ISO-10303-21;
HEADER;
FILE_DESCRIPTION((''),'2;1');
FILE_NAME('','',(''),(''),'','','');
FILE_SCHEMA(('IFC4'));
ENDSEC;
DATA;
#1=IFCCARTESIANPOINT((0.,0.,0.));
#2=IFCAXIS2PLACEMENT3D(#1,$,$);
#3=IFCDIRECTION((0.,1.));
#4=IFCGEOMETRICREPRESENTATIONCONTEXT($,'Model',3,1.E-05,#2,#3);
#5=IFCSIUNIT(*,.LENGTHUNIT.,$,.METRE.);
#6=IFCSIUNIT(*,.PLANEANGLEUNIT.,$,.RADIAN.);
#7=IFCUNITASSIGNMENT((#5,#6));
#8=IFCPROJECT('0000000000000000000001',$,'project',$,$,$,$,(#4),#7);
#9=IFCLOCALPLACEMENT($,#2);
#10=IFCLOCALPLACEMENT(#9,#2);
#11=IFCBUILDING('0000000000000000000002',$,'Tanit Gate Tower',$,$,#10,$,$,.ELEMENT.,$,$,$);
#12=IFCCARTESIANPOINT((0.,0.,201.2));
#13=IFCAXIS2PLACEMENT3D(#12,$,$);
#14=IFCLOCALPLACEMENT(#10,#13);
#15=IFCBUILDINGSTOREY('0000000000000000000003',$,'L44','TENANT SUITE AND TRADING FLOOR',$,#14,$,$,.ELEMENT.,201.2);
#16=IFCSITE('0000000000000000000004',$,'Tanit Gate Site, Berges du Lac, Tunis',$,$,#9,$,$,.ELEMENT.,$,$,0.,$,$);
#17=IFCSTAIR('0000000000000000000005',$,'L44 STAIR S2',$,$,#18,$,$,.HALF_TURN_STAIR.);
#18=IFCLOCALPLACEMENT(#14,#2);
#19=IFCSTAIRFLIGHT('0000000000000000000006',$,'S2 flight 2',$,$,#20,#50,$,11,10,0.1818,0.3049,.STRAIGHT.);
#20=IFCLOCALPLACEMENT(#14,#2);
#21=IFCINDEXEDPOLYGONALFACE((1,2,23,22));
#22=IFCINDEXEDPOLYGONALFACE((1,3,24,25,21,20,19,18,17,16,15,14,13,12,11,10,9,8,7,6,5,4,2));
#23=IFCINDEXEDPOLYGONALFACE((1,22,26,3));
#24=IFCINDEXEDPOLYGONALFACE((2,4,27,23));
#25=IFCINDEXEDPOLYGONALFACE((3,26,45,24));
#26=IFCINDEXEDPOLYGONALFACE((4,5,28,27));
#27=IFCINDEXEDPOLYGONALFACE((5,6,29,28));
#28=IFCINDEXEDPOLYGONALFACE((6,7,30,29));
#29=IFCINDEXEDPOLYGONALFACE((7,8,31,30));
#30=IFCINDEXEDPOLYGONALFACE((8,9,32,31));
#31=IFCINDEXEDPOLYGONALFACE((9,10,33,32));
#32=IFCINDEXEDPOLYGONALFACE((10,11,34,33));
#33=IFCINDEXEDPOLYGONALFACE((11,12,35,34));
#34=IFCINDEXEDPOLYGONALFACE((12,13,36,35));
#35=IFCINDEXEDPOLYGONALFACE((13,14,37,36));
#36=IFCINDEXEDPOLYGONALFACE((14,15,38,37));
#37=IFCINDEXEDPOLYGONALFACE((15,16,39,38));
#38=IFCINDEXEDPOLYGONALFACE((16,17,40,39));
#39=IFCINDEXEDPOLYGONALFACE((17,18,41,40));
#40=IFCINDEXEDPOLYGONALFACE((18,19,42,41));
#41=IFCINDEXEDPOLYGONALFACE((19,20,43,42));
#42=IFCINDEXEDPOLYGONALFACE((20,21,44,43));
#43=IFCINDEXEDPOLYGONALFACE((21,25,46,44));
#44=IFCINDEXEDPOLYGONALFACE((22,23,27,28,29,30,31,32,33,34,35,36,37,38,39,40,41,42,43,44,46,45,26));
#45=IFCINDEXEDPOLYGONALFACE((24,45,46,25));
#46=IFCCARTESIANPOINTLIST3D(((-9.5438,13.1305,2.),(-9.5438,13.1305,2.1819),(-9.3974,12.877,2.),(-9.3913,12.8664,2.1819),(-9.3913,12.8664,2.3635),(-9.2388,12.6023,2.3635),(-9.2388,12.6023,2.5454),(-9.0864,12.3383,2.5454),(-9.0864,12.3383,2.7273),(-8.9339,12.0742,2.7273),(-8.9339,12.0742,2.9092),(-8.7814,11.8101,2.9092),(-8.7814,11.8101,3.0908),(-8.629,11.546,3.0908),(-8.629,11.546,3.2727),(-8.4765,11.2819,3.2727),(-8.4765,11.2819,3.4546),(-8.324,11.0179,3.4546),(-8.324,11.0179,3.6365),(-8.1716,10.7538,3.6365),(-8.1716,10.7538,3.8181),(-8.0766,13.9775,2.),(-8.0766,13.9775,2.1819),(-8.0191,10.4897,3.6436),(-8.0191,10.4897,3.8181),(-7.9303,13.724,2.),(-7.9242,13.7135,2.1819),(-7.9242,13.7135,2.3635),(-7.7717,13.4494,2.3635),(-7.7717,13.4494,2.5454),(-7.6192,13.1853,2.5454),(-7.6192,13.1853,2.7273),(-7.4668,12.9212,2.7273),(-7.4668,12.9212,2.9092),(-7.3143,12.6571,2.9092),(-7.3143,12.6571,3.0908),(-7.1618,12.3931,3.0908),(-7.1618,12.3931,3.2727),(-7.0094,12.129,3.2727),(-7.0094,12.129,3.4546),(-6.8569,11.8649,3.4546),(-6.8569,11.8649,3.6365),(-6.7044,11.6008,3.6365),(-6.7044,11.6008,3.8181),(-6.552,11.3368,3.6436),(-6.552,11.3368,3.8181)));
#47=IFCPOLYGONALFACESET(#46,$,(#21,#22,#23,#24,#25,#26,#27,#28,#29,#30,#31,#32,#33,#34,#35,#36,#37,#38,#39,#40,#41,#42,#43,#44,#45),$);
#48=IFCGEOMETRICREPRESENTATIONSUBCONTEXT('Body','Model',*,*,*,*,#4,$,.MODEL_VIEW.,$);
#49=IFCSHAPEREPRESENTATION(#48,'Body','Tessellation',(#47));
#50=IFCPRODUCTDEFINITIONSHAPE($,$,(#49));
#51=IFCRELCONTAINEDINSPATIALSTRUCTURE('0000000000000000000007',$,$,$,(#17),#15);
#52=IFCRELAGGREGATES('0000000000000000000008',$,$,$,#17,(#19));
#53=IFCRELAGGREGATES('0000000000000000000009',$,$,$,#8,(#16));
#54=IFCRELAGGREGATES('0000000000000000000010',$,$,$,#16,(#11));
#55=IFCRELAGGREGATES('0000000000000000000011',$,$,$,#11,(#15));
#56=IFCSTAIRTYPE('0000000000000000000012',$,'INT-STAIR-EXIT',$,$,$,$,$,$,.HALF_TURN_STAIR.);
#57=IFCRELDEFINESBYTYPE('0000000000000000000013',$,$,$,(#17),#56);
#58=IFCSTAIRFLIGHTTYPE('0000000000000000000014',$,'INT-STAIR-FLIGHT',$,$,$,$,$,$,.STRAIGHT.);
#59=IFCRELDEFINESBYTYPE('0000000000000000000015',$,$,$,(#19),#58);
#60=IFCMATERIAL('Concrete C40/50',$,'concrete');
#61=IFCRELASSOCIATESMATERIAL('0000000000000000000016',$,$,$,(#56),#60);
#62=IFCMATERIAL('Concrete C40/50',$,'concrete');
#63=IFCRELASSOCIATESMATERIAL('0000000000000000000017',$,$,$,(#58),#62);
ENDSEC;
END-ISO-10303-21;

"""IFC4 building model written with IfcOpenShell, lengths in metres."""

from ifc_helpers import new_model, si_unit, direction, frame, origin, place, context, subcontext, project, spatial, polyline, outline, extrude, material, type_object, element, aggregate, save


model = new_model("IFC4")

# Units and contexts
model_context = context("Model", 3, precision=1e-05, world=origin(), true_north=direction((0.0, 1.0)))
body_context = subcontext(model_context, "Body", "Model", "MODEL_VIEW")
ifc_project = project(units=[si_unit("LENGTHUNIT", "METRE"), si_unit("PLANEANGLEUNIT", "RADIAN")], contexts=[model_context])

# Site, building, storey
site_placement = place(None, origin())
site = spatial("IfcSite", under=ifc_project, at=site_placement, Name="Tanit Gate Site, Berges du Lac, Tunis", CompositionType="ELEMENT", RefElevation=0.0)
building_placement = place(site_placement, origin())
building = spatial("IfcBuilding", under=site, at=building_placement, Name="Tanit Gate Tower", CompositionType="ELEMENT")
storey_placement = place(building_placement, frame((0.0, 0.0, 201.2)))
storey = spatial("IfcBuildingStorey", under=building, at=storey_placement, Name="L44", Description="TENANT SUITE AND TRADING FLOOR", CompositionType="ELEMENT", Elevation=201.2)

# Stair, stair flight
ifc_material_1 = material(Name="Concrete C40/50", Category="concrete")
stair_type = type_object("IfcStairType", Name="INT-STAIR-EXIT", PredefinedType="HALF_TURN_STAIR", material=ifc_material_1)
stair_placement = place(storey_placement, origin())
stair = element("IfcStair", 1, at=stair_placement, inside=storey, type_object=stair_type, Name="L44 STAIR S2", PredefinedType="HALF_TURN_STAIR")
ifc_material_2 = material(Name="Concrete C40/50", Category="concrete")
stair_flight_type = type_object("IfcStairFlightType", Name="INT-STAIR-FLIGHT", PredefinedType="STRAIGHT", material=ifc_material_2)
stair_flight_1_placement = place(storey_placement, frame((-8.8103, 13.554, 2.0), z_axis=(0.0, 0.0, 1.0), x_axis=(0.5, -0.866025, 0.0)))
stair_flight_1 = element("IfcStairFlight", 2, at=stair_flight_1_placement, type_object=stair_flight_type, Name="S2 flight 2", NumberOfRisers=11, NumberOfTreads=10, PredefinedType="STRAIGHT", RiserHeight=0.1818, TreadLength=0.3049, context=body_context, shape_type="SweptSolid", body=[
    extrude(outline(polyline([(0.0, 0.0), (0.0, 0.1819), (0.3049, 0.1819), (0.3049, 0.3635), (0.6099, 0.3635), (0.6099, 0.5454), (0.9148, 0.5454), (0.9148, 0.7273), (1.2197, 0.7273), (1.2197, 0.9092), (1.5247, 0.9092), (1.5247, 1.0908), (1.8296, 1.0908), (1.8296, 1.2727), (2.1345, 1.2727), (2.1345, 1.4546), (2.4395, 1.4546), (2.4395, 1.6365), (2.7444, 1.6365), (2.7444, 1.8181), (3.0493, 1.8181), (3.0493, 2.0), (3.0493, 1.6436), (0.2927, 0.0), (0.0, 0.0)])), frame((0.0, 0.8472, 0.0), z_axis=(0.0, -1.0, 0.0), x_axis=(1.0, 0.0, 0.0)), (0.0, 0.0, 1.0), 1.6941),
])
aggregate(stair, [stair_flight_1])

save(model, "model.ifc")
